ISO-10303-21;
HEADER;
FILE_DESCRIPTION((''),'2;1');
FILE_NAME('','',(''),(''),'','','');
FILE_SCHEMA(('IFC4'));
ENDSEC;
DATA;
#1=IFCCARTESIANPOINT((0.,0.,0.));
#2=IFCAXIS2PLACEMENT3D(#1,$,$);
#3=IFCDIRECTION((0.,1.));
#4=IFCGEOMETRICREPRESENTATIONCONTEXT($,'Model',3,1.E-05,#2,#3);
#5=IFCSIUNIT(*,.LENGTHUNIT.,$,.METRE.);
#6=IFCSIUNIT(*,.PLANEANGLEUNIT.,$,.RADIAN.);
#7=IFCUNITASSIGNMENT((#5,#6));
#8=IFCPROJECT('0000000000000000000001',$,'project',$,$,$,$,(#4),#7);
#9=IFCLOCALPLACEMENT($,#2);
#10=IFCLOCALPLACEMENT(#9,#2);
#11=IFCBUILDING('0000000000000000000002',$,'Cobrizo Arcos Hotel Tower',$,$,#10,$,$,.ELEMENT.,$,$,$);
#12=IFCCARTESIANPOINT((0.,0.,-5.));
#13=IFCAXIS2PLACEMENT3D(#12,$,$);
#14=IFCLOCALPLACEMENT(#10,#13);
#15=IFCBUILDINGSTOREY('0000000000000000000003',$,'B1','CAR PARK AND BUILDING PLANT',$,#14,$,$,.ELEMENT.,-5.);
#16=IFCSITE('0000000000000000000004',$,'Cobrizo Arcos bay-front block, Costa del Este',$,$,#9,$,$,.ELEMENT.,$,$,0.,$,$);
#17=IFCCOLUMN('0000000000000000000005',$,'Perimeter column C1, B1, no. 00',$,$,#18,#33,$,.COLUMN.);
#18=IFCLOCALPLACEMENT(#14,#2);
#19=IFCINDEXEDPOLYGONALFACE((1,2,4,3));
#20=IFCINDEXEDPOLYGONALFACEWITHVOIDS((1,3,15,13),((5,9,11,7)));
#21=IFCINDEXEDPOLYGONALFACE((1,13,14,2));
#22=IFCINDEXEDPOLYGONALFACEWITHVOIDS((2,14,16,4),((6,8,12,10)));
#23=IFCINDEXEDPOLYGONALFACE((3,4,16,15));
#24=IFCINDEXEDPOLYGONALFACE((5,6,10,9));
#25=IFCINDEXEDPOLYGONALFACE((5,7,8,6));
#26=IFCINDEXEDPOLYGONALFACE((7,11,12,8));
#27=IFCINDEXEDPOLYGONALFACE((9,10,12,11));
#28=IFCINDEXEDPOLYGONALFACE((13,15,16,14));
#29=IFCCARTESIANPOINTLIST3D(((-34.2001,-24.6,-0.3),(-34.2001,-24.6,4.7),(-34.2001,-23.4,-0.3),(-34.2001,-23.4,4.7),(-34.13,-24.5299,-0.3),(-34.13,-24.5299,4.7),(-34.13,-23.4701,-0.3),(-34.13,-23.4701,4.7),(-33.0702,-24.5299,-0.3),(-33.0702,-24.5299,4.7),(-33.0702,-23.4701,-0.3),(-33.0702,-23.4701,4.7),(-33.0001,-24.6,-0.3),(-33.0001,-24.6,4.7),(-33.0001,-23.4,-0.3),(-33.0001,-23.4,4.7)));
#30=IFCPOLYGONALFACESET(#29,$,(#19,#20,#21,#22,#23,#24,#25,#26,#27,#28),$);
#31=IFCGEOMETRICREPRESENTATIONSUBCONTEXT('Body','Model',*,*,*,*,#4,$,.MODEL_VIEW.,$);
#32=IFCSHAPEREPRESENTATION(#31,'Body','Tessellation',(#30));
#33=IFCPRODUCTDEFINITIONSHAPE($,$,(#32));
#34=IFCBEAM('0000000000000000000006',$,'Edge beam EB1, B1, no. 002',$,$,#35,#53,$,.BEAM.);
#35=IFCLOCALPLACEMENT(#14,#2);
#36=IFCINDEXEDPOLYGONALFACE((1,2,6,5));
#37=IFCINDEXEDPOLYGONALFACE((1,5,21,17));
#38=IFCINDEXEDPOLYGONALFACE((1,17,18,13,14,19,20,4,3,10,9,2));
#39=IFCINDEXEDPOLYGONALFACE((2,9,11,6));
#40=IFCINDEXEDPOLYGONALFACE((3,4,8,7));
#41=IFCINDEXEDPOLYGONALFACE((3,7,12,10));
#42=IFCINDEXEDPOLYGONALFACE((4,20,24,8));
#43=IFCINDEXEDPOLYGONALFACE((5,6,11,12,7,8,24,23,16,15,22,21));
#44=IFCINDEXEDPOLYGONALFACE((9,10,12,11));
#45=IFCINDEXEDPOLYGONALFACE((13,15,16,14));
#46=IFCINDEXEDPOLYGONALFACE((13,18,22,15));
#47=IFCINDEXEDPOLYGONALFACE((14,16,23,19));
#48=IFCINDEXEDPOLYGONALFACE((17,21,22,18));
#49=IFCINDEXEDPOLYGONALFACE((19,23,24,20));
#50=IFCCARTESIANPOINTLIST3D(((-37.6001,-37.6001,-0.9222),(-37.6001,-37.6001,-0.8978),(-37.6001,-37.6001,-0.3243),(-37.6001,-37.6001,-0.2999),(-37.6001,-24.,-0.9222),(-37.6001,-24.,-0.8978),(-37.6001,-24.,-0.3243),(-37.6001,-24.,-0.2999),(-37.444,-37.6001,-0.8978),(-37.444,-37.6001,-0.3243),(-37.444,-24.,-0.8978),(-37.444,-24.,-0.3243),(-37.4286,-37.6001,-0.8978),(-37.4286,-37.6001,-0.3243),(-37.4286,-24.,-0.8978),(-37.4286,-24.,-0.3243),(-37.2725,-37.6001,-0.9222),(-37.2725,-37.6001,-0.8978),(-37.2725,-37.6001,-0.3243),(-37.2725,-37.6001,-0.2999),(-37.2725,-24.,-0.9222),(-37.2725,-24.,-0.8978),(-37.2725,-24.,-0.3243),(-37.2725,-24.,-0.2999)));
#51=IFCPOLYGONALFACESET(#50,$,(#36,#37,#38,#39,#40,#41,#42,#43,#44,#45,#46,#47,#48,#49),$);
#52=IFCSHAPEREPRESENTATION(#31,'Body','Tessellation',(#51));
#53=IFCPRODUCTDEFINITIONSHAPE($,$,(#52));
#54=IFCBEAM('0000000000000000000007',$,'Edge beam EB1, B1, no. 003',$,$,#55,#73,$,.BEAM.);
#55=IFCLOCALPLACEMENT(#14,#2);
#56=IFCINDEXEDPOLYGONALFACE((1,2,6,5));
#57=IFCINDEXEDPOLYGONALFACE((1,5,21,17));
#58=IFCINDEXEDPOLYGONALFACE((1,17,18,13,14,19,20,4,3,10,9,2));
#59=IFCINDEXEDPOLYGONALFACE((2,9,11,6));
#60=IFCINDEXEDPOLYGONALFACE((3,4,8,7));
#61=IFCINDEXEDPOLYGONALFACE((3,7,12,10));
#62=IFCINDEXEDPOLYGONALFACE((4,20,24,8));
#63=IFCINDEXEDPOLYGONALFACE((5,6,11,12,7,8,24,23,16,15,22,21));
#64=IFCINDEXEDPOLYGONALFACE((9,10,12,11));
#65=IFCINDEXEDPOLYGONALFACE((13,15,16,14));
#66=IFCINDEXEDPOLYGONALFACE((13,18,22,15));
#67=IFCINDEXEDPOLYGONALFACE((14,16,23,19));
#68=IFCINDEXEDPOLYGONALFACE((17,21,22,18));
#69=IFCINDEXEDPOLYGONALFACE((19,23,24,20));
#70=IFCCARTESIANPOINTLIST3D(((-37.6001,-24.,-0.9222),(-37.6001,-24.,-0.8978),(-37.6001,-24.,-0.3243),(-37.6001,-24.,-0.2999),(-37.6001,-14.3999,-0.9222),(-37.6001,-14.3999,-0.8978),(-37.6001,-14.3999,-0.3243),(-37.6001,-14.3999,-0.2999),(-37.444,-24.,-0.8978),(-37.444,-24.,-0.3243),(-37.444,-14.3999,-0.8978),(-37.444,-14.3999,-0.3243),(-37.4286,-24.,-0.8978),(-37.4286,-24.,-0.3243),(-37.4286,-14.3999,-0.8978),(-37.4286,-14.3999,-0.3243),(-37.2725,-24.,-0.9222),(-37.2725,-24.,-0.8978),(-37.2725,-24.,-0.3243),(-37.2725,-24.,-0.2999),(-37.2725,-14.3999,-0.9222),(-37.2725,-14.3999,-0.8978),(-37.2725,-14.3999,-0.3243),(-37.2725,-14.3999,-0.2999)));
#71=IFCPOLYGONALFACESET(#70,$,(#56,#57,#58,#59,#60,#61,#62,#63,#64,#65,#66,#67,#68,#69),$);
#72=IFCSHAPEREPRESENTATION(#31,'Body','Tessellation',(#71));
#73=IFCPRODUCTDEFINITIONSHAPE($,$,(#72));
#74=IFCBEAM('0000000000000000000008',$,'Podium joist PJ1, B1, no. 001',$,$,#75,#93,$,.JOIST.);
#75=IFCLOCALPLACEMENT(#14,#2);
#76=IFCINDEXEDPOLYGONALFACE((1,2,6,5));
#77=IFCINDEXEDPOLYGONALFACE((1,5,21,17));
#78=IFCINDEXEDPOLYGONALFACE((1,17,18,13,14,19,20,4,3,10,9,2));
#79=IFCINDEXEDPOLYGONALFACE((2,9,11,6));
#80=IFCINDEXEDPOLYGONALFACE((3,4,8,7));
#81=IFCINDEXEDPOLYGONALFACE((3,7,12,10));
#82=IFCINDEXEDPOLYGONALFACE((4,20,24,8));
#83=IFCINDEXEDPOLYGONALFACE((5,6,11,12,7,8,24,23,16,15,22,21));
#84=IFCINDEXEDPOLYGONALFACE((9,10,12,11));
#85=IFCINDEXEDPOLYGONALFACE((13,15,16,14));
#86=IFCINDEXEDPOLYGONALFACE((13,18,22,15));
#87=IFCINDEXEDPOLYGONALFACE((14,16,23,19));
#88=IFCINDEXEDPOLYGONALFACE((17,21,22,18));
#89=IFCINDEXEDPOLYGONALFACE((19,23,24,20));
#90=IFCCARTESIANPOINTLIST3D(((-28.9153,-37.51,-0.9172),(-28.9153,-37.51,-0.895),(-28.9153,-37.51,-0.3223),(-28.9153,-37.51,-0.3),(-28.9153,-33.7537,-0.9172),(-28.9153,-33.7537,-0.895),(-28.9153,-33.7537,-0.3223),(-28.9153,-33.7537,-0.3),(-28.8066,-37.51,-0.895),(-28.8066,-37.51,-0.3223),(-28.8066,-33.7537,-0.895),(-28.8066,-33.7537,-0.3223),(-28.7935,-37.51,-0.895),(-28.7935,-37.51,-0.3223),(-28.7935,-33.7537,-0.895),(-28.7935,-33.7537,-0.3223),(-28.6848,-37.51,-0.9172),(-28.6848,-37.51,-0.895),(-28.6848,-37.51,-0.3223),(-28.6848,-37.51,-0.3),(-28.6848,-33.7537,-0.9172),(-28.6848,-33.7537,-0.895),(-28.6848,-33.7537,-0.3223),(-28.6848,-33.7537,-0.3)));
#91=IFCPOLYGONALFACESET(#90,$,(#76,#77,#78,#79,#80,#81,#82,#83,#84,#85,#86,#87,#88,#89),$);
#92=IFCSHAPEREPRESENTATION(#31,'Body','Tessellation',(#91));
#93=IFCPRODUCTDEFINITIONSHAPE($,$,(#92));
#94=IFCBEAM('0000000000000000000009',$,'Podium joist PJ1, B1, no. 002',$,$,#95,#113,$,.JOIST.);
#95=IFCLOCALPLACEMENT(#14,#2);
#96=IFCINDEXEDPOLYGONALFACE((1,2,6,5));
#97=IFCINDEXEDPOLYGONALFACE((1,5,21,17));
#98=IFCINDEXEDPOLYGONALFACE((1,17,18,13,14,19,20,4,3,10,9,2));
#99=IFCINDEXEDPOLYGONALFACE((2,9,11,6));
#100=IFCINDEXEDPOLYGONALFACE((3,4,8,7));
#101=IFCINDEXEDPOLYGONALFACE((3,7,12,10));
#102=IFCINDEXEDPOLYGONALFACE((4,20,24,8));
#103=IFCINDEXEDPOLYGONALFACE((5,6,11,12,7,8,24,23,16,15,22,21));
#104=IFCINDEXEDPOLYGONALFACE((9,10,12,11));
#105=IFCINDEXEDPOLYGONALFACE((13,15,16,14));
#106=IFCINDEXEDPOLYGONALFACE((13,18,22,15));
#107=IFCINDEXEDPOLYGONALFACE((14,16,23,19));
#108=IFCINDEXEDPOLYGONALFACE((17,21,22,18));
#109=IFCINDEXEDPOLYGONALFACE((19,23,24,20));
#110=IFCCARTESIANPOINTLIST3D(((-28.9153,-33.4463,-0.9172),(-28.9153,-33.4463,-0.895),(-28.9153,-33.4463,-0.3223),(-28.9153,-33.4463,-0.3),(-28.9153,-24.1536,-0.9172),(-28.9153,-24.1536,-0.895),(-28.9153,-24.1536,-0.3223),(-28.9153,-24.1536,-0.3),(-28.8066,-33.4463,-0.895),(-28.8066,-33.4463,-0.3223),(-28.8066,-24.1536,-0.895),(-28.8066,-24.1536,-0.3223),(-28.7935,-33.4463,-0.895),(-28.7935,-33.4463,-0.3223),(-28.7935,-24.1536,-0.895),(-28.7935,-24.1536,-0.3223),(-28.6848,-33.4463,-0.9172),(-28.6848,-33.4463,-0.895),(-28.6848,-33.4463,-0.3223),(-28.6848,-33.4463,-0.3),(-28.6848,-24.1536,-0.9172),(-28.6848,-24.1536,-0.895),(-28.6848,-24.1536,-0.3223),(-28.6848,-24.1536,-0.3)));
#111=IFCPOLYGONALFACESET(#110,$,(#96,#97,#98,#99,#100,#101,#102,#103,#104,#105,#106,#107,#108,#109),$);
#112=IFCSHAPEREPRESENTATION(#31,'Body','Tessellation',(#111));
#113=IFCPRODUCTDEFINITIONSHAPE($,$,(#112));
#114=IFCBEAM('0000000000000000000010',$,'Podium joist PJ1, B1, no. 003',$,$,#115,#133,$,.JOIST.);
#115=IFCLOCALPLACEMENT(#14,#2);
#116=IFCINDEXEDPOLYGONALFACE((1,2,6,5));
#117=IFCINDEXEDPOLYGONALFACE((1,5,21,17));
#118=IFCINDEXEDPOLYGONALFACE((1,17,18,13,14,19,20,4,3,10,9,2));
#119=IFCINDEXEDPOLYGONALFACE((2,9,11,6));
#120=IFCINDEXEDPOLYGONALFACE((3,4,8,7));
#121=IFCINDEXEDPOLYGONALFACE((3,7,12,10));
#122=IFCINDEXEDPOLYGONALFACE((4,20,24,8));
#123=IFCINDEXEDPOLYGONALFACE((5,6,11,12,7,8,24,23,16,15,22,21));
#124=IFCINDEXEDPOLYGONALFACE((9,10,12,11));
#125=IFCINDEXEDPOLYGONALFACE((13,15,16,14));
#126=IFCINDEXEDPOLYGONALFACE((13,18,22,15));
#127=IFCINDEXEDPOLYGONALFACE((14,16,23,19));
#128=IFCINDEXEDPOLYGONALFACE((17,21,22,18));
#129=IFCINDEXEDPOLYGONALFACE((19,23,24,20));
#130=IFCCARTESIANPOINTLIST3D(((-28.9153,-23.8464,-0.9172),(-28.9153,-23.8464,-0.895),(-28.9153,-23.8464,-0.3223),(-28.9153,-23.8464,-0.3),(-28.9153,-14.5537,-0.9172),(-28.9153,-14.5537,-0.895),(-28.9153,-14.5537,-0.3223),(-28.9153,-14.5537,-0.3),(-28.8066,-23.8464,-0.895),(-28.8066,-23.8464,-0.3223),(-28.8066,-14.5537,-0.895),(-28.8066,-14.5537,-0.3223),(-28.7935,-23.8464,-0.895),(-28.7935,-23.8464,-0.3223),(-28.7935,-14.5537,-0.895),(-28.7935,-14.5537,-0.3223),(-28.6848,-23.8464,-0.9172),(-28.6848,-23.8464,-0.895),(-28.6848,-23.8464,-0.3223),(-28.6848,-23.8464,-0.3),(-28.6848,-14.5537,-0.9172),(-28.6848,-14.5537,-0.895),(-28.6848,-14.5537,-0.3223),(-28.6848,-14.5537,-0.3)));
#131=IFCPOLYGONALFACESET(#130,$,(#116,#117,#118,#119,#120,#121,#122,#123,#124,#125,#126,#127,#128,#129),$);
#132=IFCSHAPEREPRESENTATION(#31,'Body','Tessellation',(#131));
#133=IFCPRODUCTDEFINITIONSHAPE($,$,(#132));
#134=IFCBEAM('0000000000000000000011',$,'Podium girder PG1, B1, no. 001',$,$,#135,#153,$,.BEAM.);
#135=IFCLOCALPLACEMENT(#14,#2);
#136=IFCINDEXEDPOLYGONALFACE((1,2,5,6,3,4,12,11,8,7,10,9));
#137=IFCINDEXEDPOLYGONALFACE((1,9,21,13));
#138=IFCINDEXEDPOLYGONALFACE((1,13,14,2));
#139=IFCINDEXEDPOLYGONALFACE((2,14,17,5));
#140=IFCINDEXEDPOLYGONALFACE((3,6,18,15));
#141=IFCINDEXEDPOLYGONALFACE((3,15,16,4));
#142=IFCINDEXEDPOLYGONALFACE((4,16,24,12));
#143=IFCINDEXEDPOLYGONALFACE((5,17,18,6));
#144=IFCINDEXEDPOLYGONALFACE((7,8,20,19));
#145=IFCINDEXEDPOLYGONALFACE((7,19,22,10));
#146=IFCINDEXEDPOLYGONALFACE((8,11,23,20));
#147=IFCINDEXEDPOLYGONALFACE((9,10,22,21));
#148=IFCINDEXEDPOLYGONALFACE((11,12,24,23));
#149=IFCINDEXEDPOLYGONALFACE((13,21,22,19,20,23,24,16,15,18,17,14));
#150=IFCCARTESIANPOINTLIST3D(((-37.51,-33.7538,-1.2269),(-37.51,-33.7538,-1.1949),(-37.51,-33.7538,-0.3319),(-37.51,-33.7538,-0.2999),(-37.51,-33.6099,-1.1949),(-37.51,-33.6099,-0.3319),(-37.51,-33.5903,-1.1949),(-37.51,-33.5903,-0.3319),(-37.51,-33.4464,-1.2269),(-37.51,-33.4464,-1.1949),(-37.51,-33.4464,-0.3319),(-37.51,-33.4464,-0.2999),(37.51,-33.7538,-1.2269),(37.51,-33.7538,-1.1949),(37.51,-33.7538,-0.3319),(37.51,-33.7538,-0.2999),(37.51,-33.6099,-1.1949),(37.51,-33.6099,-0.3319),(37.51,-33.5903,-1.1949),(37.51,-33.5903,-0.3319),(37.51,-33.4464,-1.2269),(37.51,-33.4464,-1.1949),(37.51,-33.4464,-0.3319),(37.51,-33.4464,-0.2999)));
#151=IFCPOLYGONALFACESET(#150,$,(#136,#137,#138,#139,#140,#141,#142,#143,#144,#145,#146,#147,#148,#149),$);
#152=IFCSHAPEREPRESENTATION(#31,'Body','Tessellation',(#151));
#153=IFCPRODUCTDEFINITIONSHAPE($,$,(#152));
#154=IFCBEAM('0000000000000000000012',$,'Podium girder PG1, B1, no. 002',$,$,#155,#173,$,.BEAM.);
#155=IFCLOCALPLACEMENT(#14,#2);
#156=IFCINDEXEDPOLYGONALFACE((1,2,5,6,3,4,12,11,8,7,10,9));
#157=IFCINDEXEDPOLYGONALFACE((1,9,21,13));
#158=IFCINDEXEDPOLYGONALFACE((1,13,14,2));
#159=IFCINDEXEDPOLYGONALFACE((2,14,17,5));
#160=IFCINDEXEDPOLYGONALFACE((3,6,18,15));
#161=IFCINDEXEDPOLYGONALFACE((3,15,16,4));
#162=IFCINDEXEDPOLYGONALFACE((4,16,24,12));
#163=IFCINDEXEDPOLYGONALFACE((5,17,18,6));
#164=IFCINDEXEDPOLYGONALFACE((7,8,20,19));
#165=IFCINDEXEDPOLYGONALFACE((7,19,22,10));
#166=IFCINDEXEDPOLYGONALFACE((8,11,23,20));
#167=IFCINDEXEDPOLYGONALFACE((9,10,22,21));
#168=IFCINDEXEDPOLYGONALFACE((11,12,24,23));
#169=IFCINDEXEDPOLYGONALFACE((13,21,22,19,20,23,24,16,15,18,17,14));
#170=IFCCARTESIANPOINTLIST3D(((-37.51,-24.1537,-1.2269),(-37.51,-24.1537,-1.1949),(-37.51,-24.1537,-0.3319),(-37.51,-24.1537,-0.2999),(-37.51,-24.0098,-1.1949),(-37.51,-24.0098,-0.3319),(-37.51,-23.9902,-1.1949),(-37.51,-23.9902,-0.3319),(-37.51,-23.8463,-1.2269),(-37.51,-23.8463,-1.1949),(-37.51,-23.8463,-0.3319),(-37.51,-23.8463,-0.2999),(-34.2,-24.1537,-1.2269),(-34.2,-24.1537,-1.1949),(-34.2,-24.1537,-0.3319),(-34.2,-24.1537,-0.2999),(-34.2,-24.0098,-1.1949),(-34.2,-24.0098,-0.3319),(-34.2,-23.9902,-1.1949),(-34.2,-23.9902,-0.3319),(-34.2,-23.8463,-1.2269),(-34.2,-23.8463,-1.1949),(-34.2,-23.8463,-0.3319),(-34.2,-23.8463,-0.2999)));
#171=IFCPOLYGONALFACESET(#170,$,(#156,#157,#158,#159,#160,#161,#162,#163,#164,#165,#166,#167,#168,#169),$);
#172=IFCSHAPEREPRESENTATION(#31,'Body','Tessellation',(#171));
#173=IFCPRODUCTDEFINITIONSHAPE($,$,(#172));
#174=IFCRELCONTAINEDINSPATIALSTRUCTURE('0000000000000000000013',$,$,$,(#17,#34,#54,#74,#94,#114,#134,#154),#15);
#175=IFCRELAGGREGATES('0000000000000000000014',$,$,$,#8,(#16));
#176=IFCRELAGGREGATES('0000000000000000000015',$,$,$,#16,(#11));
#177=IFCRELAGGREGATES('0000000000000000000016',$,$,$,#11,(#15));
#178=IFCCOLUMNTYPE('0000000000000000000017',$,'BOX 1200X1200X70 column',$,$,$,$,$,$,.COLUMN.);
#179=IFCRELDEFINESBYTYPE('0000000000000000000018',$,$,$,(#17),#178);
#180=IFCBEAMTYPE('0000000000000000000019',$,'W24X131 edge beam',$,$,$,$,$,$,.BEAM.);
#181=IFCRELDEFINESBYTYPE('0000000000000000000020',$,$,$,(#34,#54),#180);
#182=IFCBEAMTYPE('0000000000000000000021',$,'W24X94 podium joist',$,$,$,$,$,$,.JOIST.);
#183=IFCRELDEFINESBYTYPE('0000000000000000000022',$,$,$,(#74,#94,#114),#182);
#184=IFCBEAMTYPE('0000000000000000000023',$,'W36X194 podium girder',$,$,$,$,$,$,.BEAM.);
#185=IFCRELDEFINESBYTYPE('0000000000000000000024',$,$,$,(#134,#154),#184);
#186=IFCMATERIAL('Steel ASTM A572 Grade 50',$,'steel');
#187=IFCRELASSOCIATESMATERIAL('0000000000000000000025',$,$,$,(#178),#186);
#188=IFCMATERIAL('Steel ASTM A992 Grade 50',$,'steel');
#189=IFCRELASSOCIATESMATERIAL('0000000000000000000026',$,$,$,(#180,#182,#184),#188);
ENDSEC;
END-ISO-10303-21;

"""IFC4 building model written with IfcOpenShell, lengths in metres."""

from ifc_helpers import new_model, si_unit, direction, frame, origin, origin_2d, place, context, subcontext, project, spatial, hollow_rectangle, i_section, extrude, material, material_profile, profile_set, type_object, element, save


model = new_model("IFC4")

# Units and contexts
model_context = context("Model", 3, precision=1e-05, world=origin(), true_north=direction((0.0, 1.0)))
body_context = subcontext(model_context, "Body", "Model", "MODEL_VIEW")
ifc_project = project(units=[si_unit("LENGTHUNIT", "METRE"), si_unit("PLANEANGLEUNIT", "RADIAN")], contexts=[model_context])

# Site, building, storey
site_placement = place(None, origin())
site = spatial("IfcSite", under=ifc_project, at=site_placement, Name="Cobrizo Arcos bay-front block, Costa del Este", CompositionType="ELEMENT", RefElevation=0.0)
building_placement = place(site_placement, origin())
building = spatial("IfcBuilding", under=site, at=building_placement, Name="Cobrizo Arcos Hotel Tower", CompositionType="ELEMENT")
storey_placement = place(building_placement, frame((0.0, 0.0, -5.0)))
storey = spatial("IfcBuildingStorey", under=building, at=storey_placement, Name="B1", Description="CAR PARK AND BUILDING PLANT", CompositionType="ELEMENT", Elevation=-5.0)

# Column
ifc_material_1 = material(Name="Steel ASTM A572 Grade 50", Category="steel")
ifc_material_profile_1 = material_profile(ifc_material_1, hollow_rectangle(XDim=1.2, YDim=1.2, WallThickness=0.0701, at=origin_2d()), Name="BOX 1200X1200X70")
ifc_profile_set_1 = profile_set([ifc_material_profile_1], Name="Steel ASTM A572 Grade 50")
column_type = type_object("IfcColumnType", Name="BOX 1200X1200X70 column", PredefinedType="COLUMN", material=ifc_profile_set_1)
column_placement = place(storey_placement, frame((-33.6001, -24.0, -0.3), z_axis=(0.0, 0.0, 1.0), x_axis=(1.0, 0.0, 0.0)))
element("IfcColumn", 1, at=column_placement, inside=storey, type_object=column_type, Name="Perimeter column C1, B1, no. 00", PredefinedType="COLUMN", context=body_context, shape_type="SweptSolid", body=[
    extrude(hollow_rectangle(XDim=1.2, YDim=1.2, WallThickness=0.0701, at=origin_2d()), origin(), (0.0, 0.0, 1.0), 5.0),
])

# Beams
ifc_material_2 = material(Name="Steel ASTM A992 Grade 50", Category="steel")
ifc_material_profile_2 = material_profile(ifc_material_2, i_section(OverallWidth=0.3276, OverallDepth=0.6223, WebThickness=0.0154, FlangeThickness=0.0244, at=origin_2d()), Name="W24X131")
ifc_profile_set_2 = profile_set([ifc_material_profile_2], Name="Steel ASTM A992 Grade 50")
beam_type_1 = type_object("IfcBeamType", Name="W24X131 edge beam", PredefinedType="BEAM", material=ifc_profile_set_2)
beam_1_placement = place(storey_placement, frame((-37.4363, -37.6001, -0.6111), z_axis=(0.0, 1.0, 0.0), x_axis=(-1.0, 0.0, 0.0)))
element("IfcBeam", 2, at=beam_1_placement, inside=storey, type_object=beam_type_1, Name="Edge beam EB1, B1, no. 002", PredefinedType="BEAM", context=body_context, shape_type="SweptSolid", body=[
    extrude(i_section(OverallWidth=0.3276, OverallDepth=0.6223, WebThickness=0.0154, FlangeThickness=0.0244, at=origin_2d()), origin(), (0.0, 0.0, 1.0), 13.6001),
])
beam_2_placement = place(storey_placement, frame((-37.4363, -24.0, -0.6111), z_axis=(0.0, 1.0, 0.0), x_axis=(-1.0, 0.0, 0.0)))
element("IfcBeam", 3, at=beam_2_placement, inside=storey, type_object=beam_type_1, Name="Edge beam EB1, B1, no. 003", PredefinedType="BEAM", context=body_context, shape_type="SweptSolid", body=[
    extrude(i_section(OverallWidth=0.3276, OverallDepth=0.6223, WebThickness=0.0154, FlangeThickness=0.0244, at=origin_2d()), origin(), (0.0, 0.0, 1.0), 9.6001),
])
ifc_material_profile_3 = material_profile(ifc_material_2, i_section(OverallWidth=0.2305, OverallDepth=0.6172, WebThickness=0.0132, FlangeThickness=0.0222, at=origin_2d()), Name="W24X94")
ifc_profile_set_3 = profile_set([ifc_material_profile_3], Name="Steel ASTM A992 Grade 50")
beam_type_2 = type_object("IfcBeamType", Name="W24X94 podium joist", PredefinedType="JOIST", material=ifc_profile_set_3)
beam_3_placement = place(storey_placement, frame((-28.8, -37.51, -0.6086), z_axis=(0.0, 1.0, 0.0), x_axis=(-1.0, 0.0, 0.0)))
element("IfcBeam", 4, at=beam_3_placement, inside=storey, type_object=beam_type_2, Name="Podium joist PJ1, B1, no. 001", PredefinedType="JOIST", context=body_context, shape_type="SweptSolid", body=[
    extrude(i_section(OverallWidth=0.2305, OverallDepth=0.6172, WebThickness=0.0132, FlangeThickness=0.0222, at=origin_2d()), origin(), (0.0, 0.0, 1.0), 3.7563),
])
for number, where, z_axis, x_axis, name in (
    (5, (-28.8, -33.4463, -0.6086), (0.0, 1.0, 0.0), (-1.0, 0.0, 0.0), "Podium joist PJ1, B1, no. 002"),
    (6, (-28.8, -23.8464, -0.6086), (0.0, 1.0, 0.0), (-1.0, 0.0, 0.0), "Podium joist PJ1, B1, no. 003"),
):
    element("IfcBeam", number, at=place(storey_placement, frame(where, z_axis=z_axis, x_axis=x_axis)), inside=storey, type_object=beam_type_2, Name=name, PredefinedType="JOIST", context=body_context, shape_type="SweptSolid", body=[
        extrude(i_section(OverallWidth=0.2305, OverallDepth=0.6172, WebThickness=0.0132, FlangeThickness=0.0222, at=origin_2d()), origin(), (0.0, 0.0, 1.0), 9.2927),
    ])
ifc_material_profile_4 = material_profile(ifc_material_2, i_section(OverallWidth=0.3074, OverallDepth=0.927, WebThickness=0.0195, FlangeThickness=0.032, at=origin_2d()), Name="W36X194")
ifc_profile_set_4 = profile_set([ifc_material_profile_4], Name="Steel ASTM A992 Grade 50")
beam_type_3 = type_object("IfcBeamType", Name="W36X194 podium girder", PredefinedType="BEAM", material=ifc_profile_set_4)
beam_4_placement = place(storey_placement, frame((-37.51, -33.6001, -0.7634), z_axis=(1.0, 0.0, 0.0), x_axis=(0.0, 1.0, 0.0)))
element("IfcBeam", 7, at=beam_4_placement, inside=storey, type_object=beam_type_3, Name="Podium girder PG1, B1, no. 001", PredefinedType="BEAM", context=body_context, shape_type="SweptSolid", body=[
    extrude(i_section(OverallWidth=0.3074, OverallDepth=0.927, WebThickness=0.0195, FlangeThickness=0.032, at=origin_2d()), origin(), (0.0, 0.0, 1.0), 75.02),
])
beam_5_placement = place(storey_placement, frame((-37.51, -24.0, -0.7634), z_axis=(1.0, 0.0, 0.0), x_axis=(0.0, 1.0, 0.0)))
element("IfcBeam", 8, at=beam_5_placement, inside=storey, type_object=beam_type_3, Name="Podium girder PG1, B1, no. 002", PredefinedType="BEAM", context=body_context, shape_type="SweptSolid", body=[
    extrude(i_section(OverallWidth=0.3074, OverallDepth=0.927, WebThickness=0.0195, FlangeThickness=0.032, at=origin_2d()), origin(), (0.0, 0.0, 1.0), 3.3101),
])

save(model, "model.ifc")
